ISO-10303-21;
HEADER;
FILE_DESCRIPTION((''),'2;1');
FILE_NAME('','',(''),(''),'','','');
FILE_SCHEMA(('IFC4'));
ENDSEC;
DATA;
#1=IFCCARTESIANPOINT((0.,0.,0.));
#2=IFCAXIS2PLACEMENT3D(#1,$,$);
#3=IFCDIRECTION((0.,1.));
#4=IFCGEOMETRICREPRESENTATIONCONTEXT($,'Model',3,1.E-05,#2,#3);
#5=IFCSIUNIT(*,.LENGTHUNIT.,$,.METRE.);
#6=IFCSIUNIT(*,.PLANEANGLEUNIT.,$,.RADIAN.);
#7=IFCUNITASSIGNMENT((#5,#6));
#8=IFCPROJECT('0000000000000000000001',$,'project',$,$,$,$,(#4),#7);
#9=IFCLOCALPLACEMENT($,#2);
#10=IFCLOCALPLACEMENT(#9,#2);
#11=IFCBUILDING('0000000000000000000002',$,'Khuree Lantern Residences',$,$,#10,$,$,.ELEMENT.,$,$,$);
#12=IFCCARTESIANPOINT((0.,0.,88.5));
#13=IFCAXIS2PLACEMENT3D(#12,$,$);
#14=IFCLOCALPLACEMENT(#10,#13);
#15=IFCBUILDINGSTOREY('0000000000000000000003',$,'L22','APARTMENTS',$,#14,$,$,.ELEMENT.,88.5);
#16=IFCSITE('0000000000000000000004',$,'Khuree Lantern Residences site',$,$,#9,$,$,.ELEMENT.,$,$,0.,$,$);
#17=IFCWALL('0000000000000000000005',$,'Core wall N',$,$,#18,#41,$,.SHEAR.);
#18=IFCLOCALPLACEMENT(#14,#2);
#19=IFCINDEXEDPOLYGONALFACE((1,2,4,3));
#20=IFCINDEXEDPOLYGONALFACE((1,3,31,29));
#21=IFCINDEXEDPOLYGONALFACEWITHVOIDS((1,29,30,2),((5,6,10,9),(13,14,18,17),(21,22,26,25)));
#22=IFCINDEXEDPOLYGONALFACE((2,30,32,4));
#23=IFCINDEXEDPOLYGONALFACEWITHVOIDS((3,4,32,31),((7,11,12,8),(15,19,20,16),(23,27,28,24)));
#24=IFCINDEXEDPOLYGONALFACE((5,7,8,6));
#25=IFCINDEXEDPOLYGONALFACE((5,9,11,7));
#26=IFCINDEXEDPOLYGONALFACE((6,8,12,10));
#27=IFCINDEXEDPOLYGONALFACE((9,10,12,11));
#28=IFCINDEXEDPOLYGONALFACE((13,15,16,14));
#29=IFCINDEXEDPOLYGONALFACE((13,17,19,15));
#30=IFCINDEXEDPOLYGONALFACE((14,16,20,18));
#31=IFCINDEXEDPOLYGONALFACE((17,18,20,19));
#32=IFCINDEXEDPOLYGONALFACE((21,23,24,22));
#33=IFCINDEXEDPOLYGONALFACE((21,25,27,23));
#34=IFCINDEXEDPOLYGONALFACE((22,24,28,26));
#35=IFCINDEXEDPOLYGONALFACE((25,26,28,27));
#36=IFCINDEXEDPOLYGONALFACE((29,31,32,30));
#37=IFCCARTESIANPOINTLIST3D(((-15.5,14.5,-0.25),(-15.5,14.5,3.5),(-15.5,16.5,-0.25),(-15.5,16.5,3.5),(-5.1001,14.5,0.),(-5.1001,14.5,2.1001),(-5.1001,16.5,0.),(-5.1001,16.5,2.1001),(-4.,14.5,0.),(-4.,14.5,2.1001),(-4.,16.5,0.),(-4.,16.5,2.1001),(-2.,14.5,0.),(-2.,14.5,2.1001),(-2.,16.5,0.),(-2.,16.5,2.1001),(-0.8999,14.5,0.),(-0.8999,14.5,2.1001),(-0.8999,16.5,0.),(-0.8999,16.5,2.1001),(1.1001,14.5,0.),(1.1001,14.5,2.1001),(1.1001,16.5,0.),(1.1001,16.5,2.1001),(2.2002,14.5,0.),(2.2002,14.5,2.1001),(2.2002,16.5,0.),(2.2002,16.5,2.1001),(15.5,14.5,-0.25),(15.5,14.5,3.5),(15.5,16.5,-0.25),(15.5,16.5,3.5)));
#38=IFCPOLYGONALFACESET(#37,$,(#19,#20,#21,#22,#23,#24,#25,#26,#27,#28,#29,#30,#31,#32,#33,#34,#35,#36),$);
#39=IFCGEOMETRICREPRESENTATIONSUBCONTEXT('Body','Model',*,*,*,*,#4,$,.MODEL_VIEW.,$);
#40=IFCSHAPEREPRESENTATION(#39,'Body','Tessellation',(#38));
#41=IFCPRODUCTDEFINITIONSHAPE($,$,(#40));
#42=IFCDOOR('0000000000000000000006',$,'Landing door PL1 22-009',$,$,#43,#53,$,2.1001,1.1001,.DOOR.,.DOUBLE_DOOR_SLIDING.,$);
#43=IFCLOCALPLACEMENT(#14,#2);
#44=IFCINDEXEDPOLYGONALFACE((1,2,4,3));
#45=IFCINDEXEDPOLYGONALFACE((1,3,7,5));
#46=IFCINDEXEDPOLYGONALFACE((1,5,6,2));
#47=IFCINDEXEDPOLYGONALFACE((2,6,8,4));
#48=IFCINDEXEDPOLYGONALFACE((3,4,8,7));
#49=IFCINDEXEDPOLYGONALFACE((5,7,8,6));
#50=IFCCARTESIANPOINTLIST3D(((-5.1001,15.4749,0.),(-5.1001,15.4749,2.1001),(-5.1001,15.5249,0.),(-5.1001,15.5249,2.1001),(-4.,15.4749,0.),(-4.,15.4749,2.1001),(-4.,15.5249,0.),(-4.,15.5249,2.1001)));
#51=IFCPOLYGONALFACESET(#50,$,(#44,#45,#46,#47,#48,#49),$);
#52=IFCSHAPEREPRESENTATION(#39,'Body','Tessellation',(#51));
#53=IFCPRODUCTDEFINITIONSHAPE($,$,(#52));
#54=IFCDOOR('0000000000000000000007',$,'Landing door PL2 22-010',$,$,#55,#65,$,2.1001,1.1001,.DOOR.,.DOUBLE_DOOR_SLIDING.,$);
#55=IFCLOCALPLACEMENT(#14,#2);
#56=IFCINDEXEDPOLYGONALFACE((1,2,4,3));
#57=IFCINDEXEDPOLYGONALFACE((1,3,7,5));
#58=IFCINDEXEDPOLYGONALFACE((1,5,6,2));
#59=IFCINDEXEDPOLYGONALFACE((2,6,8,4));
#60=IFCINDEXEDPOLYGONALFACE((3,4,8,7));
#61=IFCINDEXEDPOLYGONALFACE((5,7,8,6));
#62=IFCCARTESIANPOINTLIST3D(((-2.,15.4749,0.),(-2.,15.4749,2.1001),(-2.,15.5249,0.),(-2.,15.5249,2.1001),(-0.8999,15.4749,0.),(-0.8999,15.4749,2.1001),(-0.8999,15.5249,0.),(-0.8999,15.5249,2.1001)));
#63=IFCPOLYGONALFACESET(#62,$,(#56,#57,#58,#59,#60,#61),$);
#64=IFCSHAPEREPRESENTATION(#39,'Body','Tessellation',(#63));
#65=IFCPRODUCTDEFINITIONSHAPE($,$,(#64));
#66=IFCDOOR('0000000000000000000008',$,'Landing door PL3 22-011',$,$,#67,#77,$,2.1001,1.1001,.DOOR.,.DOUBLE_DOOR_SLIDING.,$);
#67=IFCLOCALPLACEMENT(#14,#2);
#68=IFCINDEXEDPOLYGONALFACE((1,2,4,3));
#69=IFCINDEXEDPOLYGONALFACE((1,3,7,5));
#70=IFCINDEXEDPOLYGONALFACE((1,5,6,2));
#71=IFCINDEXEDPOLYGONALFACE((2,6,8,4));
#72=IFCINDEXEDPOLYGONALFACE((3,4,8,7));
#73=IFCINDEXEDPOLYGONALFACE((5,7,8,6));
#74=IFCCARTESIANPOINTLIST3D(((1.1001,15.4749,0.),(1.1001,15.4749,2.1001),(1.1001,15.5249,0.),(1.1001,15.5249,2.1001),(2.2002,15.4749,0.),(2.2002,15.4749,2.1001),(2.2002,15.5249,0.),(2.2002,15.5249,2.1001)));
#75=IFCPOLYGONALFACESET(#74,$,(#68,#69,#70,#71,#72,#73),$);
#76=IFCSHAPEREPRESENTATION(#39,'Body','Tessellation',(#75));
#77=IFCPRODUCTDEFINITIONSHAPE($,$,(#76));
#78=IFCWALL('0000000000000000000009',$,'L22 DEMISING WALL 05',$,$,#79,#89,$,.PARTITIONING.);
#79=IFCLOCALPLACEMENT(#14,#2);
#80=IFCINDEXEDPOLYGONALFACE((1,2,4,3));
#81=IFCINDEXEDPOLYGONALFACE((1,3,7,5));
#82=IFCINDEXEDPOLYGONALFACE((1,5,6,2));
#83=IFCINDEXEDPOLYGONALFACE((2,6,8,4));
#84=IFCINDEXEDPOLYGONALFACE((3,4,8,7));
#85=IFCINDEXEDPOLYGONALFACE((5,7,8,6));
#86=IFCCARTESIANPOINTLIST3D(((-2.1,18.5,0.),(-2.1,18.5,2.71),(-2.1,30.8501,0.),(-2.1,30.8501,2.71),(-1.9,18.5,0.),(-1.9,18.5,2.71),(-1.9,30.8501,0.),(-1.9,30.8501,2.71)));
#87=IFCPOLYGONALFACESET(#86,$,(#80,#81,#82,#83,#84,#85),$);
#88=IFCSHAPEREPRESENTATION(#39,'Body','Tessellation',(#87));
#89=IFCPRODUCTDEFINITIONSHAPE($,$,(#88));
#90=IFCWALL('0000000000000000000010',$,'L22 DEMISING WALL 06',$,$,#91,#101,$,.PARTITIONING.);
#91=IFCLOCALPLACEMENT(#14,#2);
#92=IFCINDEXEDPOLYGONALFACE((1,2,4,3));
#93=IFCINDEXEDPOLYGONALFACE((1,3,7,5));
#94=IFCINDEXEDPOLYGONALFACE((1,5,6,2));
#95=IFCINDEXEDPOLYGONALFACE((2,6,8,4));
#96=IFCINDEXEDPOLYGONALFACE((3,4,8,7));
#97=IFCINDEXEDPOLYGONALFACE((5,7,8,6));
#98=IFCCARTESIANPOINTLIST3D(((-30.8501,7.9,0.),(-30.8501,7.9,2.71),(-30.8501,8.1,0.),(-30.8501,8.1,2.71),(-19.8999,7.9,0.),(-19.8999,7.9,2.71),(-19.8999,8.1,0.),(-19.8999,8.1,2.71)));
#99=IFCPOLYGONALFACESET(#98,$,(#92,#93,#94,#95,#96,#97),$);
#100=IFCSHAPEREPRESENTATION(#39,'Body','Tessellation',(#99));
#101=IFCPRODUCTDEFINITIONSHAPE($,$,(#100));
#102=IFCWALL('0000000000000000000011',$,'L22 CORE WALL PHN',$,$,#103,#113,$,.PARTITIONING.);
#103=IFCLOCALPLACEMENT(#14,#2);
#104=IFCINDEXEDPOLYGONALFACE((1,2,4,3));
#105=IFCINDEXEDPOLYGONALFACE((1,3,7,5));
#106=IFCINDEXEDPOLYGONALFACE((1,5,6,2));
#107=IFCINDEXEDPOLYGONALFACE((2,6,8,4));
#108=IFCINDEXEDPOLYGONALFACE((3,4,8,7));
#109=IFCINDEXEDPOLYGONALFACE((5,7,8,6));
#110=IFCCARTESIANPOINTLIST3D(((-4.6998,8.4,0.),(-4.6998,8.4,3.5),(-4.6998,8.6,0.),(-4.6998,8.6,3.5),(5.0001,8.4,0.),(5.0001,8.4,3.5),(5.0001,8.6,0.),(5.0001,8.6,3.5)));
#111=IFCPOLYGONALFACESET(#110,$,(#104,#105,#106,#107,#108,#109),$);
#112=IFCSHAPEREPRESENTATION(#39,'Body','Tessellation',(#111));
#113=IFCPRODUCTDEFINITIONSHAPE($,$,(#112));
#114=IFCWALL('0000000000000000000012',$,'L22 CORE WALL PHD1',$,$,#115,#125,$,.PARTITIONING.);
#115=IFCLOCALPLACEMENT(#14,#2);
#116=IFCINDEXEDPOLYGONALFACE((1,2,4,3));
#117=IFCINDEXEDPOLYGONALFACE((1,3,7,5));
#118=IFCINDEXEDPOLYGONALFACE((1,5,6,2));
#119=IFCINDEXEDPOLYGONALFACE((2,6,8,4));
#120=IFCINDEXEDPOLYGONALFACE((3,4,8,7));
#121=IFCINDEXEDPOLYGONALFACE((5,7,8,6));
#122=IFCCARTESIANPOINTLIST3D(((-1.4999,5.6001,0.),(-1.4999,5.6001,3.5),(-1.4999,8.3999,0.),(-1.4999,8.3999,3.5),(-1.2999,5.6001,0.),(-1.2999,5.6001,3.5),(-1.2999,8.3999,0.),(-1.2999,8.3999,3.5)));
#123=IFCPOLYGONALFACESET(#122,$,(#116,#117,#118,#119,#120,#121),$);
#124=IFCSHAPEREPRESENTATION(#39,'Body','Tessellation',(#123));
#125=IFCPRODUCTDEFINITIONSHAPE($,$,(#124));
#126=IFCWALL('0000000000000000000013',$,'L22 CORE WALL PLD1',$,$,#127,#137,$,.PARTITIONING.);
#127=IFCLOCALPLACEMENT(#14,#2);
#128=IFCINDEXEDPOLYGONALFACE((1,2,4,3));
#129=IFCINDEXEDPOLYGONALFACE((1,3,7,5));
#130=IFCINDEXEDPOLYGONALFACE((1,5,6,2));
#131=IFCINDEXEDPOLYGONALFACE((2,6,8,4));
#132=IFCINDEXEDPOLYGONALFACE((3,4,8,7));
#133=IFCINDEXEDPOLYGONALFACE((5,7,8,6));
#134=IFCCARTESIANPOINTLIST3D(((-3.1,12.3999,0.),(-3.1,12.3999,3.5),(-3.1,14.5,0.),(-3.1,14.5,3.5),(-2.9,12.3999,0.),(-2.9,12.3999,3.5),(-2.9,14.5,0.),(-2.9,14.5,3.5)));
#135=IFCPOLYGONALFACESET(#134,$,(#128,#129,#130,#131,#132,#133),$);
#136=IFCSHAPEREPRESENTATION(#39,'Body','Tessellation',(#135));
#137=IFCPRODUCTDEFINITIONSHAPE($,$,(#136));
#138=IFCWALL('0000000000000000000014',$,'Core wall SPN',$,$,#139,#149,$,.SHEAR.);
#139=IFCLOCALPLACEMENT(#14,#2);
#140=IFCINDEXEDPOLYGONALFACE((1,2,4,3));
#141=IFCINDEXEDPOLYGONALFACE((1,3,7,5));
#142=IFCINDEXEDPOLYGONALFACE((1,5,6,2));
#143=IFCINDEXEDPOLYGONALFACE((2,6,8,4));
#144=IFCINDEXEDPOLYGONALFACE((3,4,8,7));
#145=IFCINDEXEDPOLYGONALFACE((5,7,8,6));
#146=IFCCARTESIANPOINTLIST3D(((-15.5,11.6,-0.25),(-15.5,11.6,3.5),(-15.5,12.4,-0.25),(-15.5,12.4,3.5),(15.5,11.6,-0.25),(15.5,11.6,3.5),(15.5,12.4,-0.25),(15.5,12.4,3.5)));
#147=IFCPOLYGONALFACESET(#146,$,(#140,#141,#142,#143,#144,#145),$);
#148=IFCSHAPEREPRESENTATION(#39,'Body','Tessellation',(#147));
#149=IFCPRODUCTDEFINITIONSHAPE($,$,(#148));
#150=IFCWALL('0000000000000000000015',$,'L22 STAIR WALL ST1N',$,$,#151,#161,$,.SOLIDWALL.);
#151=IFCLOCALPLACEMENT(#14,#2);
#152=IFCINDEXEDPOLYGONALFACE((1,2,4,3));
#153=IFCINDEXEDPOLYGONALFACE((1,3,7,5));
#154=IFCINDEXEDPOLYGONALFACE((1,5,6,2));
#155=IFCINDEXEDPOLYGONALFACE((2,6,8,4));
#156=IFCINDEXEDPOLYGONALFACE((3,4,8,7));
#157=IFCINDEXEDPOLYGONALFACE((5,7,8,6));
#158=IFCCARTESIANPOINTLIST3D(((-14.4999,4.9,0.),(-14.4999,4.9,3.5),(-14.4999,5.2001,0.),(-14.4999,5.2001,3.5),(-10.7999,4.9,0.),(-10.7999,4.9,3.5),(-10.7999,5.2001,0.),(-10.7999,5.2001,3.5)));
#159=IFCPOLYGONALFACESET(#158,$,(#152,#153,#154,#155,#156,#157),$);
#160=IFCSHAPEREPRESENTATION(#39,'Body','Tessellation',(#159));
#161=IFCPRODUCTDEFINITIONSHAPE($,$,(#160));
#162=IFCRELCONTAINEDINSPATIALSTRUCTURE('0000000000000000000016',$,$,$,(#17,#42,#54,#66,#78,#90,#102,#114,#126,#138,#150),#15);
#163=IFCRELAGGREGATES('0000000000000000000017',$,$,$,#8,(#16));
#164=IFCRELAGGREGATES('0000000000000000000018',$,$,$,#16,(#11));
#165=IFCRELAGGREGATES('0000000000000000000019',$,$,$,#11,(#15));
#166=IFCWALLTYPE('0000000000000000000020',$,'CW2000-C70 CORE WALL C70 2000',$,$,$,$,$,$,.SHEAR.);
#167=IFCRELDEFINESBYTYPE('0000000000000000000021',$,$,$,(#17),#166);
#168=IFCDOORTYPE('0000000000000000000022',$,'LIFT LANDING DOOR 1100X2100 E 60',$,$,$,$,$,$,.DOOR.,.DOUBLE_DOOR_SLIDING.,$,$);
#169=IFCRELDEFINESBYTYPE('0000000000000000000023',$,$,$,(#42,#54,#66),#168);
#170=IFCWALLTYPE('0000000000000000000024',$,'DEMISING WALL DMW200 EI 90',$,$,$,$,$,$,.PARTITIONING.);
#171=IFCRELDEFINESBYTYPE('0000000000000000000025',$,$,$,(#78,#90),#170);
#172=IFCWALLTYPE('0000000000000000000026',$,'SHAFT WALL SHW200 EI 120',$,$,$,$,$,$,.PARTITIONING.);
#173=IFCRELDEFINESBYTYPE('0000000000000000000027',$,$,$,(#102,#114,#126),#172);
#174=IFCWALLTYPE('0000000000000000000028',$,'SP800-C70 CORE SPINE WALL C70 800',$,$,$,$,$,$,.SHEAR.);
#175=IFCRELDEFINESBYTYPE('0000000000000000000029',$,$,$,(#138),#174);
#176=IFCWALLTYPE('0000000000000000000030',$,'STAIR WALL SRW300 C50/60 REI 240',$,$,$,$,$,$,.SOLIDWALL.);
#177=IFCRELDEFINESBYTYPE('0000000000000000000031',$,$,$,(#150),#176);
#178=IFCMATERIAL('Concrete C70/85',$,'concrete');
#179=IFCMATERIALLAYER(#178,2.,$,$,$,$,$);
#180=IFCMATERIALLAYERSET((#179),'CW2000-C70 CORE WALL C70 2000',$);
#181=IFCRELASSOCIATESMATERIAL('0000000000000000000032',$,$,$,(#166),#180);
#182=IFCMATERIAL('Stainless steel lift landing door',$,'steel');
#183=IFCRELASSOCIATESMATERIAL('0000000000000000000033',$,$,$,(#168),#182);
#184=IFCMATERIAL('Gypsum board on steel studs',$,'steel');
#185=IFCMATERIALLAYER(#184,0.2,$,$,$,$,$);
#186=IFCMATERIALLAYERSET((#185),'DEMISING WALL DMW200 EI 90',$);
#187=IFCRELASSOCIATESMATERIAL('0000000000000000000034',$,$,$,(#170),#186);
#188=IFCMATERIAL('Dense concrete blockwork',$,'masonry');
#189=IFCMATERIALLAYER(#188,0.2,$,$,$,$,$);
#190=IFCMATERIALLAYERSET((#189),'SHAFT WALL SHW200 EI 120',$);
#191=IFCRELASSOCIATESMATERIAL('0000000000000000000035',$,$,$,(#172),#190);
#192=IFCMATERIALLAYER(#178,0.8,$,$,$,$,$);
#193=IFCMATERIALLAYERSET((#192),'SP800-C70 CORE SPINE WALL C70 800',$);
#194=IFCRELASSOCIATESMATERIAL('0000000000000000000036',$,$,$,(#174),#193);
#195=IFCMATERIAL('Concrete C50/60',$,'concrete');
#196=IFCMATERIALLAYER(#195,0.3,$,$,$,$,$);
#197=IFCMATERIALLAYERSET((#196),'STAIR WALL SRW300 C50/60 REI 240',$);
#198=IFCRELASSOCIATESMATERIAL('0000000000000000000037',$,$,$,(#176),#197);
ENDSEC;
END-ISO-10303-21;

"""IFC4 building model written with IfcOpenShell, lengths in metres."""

from ifc_helpers import new_model, si_unit, direction, frame, frame_2d, origin, place, context, subcontext, project, spatial, rectangle, extrude, material, layer, layer_set, type_object, element, fill, save


model = new_model("IFC4")

# Units and contexts
model_context = context("Model", 3, precision=1e-05, world=origin(), true_north=direction((0.0, 1.0)))
body_context = subcontext(model_context, "Body", "Model", "MODEL_VIEW")
ifc_project = project(units=[si_unit("LENGTHUNIT", "METRE"), si_unit("PLANEANGLEUNIT", "RADIAN")], contexts=[model_context])

# Site, building, storey
site_placement = place(None, origin())
site = spatial("IfcSite", under=ifc_project, at=site_placement, Name="Khuree Lantern Residences site", CompositionType="ELEMENT", RefElevation=0.0)
building_placement = place(site_placement, origin())
building = spatial("IfcBuilding", under=site, at=building_placement, Name="Khuree Lantern Residences", CompositionType="ELEMENT")
storey_placement = place(building_placement, frame((0.0, 0.0, 88.5)))
storey = spatial("IfcBuildingStorey", under=building, at=storey_placement, Name="L22", Description="APARTMENTS", CompositionType="ELEMENT", Elevation=88.5)

# Shared definitions
ifc_material_1 = material(Name="Concrete C70/85", Category="concrete")

# Shared definitions
ifc_material_2 = material(Name="Dense concrete blockwork", Category="masonry")

# Shared definitions
ifc_material_3 = material(Name="Gypsum board on steel studs", Category="steel")

# Wall, openings, doors
ifc_layer_1 = layer(ifc_material_1, 2.0)
ifc_layer_set_1 = layer_set([ifc_layer_1], Name="CW2000-C70 CORE WALL C70 2000")
wall_type_1 = type_object("IfcWallType", Name="CW2000-C70 CORE WALL C70 2000", PredefinedType="SHEAR", material=ifc_layer_set_1)
wall_1_placement = place(storey_placement, frame((-15.5, 15.5, -0.25), z_axis=(0.0, 0.0, 1.0), x_axis=(1.0, 0.0, 0.0)))
wall_1 = element("IfcWall", 1, at=wall_1_placement, inside=storey, type_object=wall_type_1, Name="Core wall N", PredefinedType="SHEAR", context=body_context, shape_type="SweptSolid", body=[
    extrude(rectangle(XDim=31.0, YDim=2.0, at=frame_2d((15.5, 0.0))), origin(), (0.0, 0.0, 1.0), 3.75),
])
opening_1_placement = place(wall_1_placement, frame((10.3999, 0.0, 0.25)))
opening_1 = element("IfcOpeningElement", 2, at=opening_1_placement, cuts=wall_1, PredefinedType="OPENING", context=body_context, shape_type="SweptSolid", body=[
    extrude(rectangle(XDim=1.1001, YDim=2.1001, at=frame_2d((0.55, 1.05))), frame((0.0, 1.01, 0.0), z_axis=(0.0, -1.0, 0.0), x_axis=(1.0, 0.0, 0.0)), (0.0, 0.0, 1.0), 2.02),
])
opening_2_placement = place(wall_1_placement, frame((13.5, 0.0, 0.25)))
opening_2 = element("IfcOpeningElement", 3, at=opening_2_placement, cuts=wall_1, PredefinedType="OPENING", context=body_context, shape_type="SweptSolid", body=[
    extrude(rectangle(XDim=1.1001, YDim=2.1001, at=frame_2d((0.55, 1.05))), frame((0.0, 1.01, 0.0), z_axis=(0.0, -1.0, 0.0), x_axis=(1.0, 0.0, 0.0)), (0.0, 0.0, 1.0), 2.02),
])
opening_3_placement = place(wall_1_placement, frame((16.6001, 0.0, 0.25)))
opening_3 = element("IfcOpeningElement", 4, at=opening_3_placement, cuts=wall_1, PredefinedType="OPENING", context=body_context, shape_type="SweptSolid", body=[
    extrude(rectangle(XDim=1.1001, YDim=2.1001, at=frame_2d((0.55, 1.05))), frame((0.0, 1.01, 0.0), z_axis=(0.0, -1.0, 0.0), x_axis=(1.0, 0.0, 0.0)), (0.0, 0.0, 1.0), 2.02),
])
ifc_material_4 = material(Name="Stainless steel lift landing door", Category="steel")
door_type_1 = type_object("IfcDoorType", Name="LIFT LANDING DOOR 1100X2100 E 60", OperationType="DOUBLE_DOOR_SLIDING", PredefinedType="DOOR", material=ifc_material_4)
door_1_placement = place(opening_1_placement, origin())
door_1 = element("IfcDoor", 5, at=door_1_placement, inside=storey, type_object=door_type_1, Name="Landing door PL1 22-009", OperationType="DOUBLE_DOOR_SLIDING", OverallHeight=2.1001, OverallWidth=1.1001, PredefinedType="DOOR", context=body_context, shape_type="SweptSolid", body=[
    extrude(rectangle(XDim=1.1001, YDim=2.1001, at=frame_2d((0.55, 1.05))), frame((0.0, 0.0249, 0.0), z_axis=(0.0, -1.0, 0.0), x_axis=(1.0, 0.0, 0.0)), (0.0, 0.0, 1.0), 0.05),
])
fill(opening_1, door_1)
door_2_placement = place(opening_2_placement, origin())
door_2 = element("IfcDoor", 6, at=door_2_placement, inside=storey, type_object=door_type_1, Name="Landing door PL2 22-010", OperationType="DOUBLE_DOOR_SLIDING", OverallHeight=2.1001, OverallWidth=1.1001, PredefinedType="DOOR", context=body_context, shape_type="SweptSolid", body=[
    extrude(rectangle(XDim=1.1001, YDim=2.1001, at=frame_2d((0.55, 1.05))), frame((0.0, 0.0249, 0.0), z_axis=(0.0, -1.0, 0.0), x_axis=(1.0, 0.0, 0.0)), (0.0, 0.0, 1.0), 0.05),
])
fill(opening_2, door_2)
door_3_placement = place(opening_3_placement, origin())
door_3 = element("IfcDoor", 7, at=door_3_placement, inside=storey, type_object=door_type_1, Name="Landing door PL3 22-011", OperationType="DOUBLE_DOOR_SLIDING", OverallHeight=2.1001, OverallWidth=1.1001, PredefinedType="DOOR", context=body_context, shape_type="SweptSolid", body=[
    extrude(rectangle(XDim=1.1001, YDim=2.1001, at=frame_2d((0.55, 1.05))), frame((0.0, 0.0249, 0.0), z_axis=(0.0, -1.0, 0.0), x_axis=(1.0, 0.0, 0.0)), (0.0, 0.0, 1.0), 0.05),
])
fill(opening_3, door_3)

# Walls
ifc_layer_2 = layer(ifc_material_3, 0.2)
ifc_layer_set_2 = layer_set([ifc_layer_2], Name="DEMISING WALL DMW200 EI 90")
wall_type_2 = type_object("IfcWallType", Name="DEMISING WALL DMW200 EI 90", PredefinedType="PARTITIONING", material=ifc_layer_set_2)
wall_2_placement = place(storey_placement, frame((-2.0, 18.5, 0.0), z_axis=(0.0, 0.0, 1.0), x_axis=(0.0, 1.0, 0.0)))
element("IfcWall", 8, at=wall_2_placement, inside=storey, type_object=wall_type_2, Name="L22 DEMISING WALL 05", PredefinedType="PARTITIONING", context=body_context, shape_type="SweptSolid", body=[
    extrude(rectangle(XDim=12.3501, YDim=0.2, at=frame_2d((6.175, 0.0))), origin(), (0.0, 0.0, 1.0), 2.71),
])
wall_3_placement = place(storey_placement, frame((-19.8999, 8.0, 0.0), z_axis=(0.0, 0.0, 1.0), x_axis=(-1.0, 0.0, 0.0)))
element("IfcWall", 9, at=wall_3_placement, inside=storey, type_object=wall_type_2, Name="L22 DEMISING WALL 06", PredefinedType="PARTITIONING", context=body_context, shape_type="SweptSolid", body=[
    extrude(rectangle(XDim=10.9502, YDim=0.2, at=frame_2d((5.4751, 0.0))), origin(), (0.0, 0.0, 1.0), 2.71),
])
ifc_layer_3 = layer(ifc_material_2, 0.2)
ifc_layer_set_3 = layer_set([ifc_layer_3], Name="SHAFT WALL SHW200 EI 120")
wall_type_3 = type_object("IfcWallType", Name="SHAFT WALL SHW200 EI 120", PredefinedType="PARTITIONING", material=ifc_layer_set_3)
wall_4_placement = place(storey_placement, frame((-4.7, 8.5, 0.0), z_axis=(0.0, 0.0, 1.0), x_axis=(1.0, 0.0, 0.0)))
element("IfcWall", 10, at=wall_4_placement, inside=storey, type_object=wall_type_3, Name="L22 CORE WALL PHN", PredefinedType="PARTITIONING", context=body_context, shape_type="SweptSolid", body=[
    extrude(rectangle(XDim=9.7, YDim=0.2, at=frame_2d((4.8501, 0.0))), origin(), (0.0, 0.0, 1.0), 3.5),
])
wall_5_placement = place(storey_placement, frame((-1.3999, 5.6001, 0.0), z_axis=(0.0, 0.0, 1.0), x_axis=(0.0, 1.0, 0.0)))
element("IfcWall", 11, at=wall_5_placement, inside=storey, type_object=wall_type_3, Name="L22 CORE WALL PHD1", PredefinedType="PARTITIONING", context=body_context, shape_type="SweptSolid", body=[
    extrude(rectangle(XDim=2.7998, YDim=0.2, at=frame_2d((1.3999, 0.0))), origin(), (0.0, 0.0, 1.0), 3.5),
])
wall_6_placement = place(storey_placement, frame((-3.0, 12.3999, 0.0), z_axis=(0.0, 0.0, 1.0), x_axis=(0.0, 1.0, 0.0)))
element("IfcWall", 12, at=wall_6_placement, inside=storey, type_object=wall_type_3, Name="L22 CORE WALL PLD1", PredefinedType="PARTITIONING", context=body_context, shape_type="SweptSolid", body=[
    extrude(rectangle(XDim=2.1001, YDim=0.2, at=frame_2d((1.05, 0.0))), origin(), (0.0, 0.0, 1.0), 3.5),
])
ifc_layer_4 = layer(ifc_material_1, 0.8)
ifc_layer_set_4 = layer_set([ifc_layer_4], Name="SP800-C70 CORE SPINE WALL C70 800")
wall_type_4 = type_object("IfcWallType", Name="SP800-C70 CORE SPINE WALL C70 800", PredefinedType="SHEAR", material=ifc_layer_set_4)
wall_7_placement = place(storey_placement, frame((-15.5, 12.0, -0.25), z_axis=(0.0, 0.0, 1.0), x_axis=(1.0, 0.0, 0.0)))
element("IfcWall", 13, at=wall_7_placement, inside=storey, type_object=wall_type_4, Name="Core wall SPN", PredefinedType="SHEAR", context=body_context, shape_type="SweptSolid", body=[
    extrude(rectangle(XDim=31.0, YDim=0.8, at=frame_2d((15.5, 0.0))), origin(), (0.0, 0.0, 1.0), 3.75),
])
ifc_material_5 = material(Name="Concrete C50/60", Category="concrete")
ifc_layer_5 = layer(ifc_material_5, 0.3)
ifc_layer_set_5 = layer_set([ifc_layer_5], Name="STAIR WALL SRW300 C50/60 REI 240")
wall_type_5 = type_object("IfcWallType", Name="STAIR WALL SRW300 C50/60 REI 240", PredefinedType="SOLIDWALL", material=ifc_layer_set_5)
wall_8_placement = place(storey_placement, frame((-14.5, 5.05, 0.0), z_axis=(0.0, 0.0, 1.0), x_axis=(1.0, 0.0, 0.0)))
element("IfcWall", 14, at=wall_8_placement, inside=storey, type_object=wall_type_5, Name="L22 STAIR WALL ST1N", PredefinedType="SOLIDWALL", context=body_context, shape_type="SweptSolid", body=[
    extrude(rectangle(XDim=3.7, YDim=0.3, at=frame_2d((1.8501, 0.0))), origin(), (0.0, 0.0, 1.0), 3.5),
])

save(model, "model.ifc")
